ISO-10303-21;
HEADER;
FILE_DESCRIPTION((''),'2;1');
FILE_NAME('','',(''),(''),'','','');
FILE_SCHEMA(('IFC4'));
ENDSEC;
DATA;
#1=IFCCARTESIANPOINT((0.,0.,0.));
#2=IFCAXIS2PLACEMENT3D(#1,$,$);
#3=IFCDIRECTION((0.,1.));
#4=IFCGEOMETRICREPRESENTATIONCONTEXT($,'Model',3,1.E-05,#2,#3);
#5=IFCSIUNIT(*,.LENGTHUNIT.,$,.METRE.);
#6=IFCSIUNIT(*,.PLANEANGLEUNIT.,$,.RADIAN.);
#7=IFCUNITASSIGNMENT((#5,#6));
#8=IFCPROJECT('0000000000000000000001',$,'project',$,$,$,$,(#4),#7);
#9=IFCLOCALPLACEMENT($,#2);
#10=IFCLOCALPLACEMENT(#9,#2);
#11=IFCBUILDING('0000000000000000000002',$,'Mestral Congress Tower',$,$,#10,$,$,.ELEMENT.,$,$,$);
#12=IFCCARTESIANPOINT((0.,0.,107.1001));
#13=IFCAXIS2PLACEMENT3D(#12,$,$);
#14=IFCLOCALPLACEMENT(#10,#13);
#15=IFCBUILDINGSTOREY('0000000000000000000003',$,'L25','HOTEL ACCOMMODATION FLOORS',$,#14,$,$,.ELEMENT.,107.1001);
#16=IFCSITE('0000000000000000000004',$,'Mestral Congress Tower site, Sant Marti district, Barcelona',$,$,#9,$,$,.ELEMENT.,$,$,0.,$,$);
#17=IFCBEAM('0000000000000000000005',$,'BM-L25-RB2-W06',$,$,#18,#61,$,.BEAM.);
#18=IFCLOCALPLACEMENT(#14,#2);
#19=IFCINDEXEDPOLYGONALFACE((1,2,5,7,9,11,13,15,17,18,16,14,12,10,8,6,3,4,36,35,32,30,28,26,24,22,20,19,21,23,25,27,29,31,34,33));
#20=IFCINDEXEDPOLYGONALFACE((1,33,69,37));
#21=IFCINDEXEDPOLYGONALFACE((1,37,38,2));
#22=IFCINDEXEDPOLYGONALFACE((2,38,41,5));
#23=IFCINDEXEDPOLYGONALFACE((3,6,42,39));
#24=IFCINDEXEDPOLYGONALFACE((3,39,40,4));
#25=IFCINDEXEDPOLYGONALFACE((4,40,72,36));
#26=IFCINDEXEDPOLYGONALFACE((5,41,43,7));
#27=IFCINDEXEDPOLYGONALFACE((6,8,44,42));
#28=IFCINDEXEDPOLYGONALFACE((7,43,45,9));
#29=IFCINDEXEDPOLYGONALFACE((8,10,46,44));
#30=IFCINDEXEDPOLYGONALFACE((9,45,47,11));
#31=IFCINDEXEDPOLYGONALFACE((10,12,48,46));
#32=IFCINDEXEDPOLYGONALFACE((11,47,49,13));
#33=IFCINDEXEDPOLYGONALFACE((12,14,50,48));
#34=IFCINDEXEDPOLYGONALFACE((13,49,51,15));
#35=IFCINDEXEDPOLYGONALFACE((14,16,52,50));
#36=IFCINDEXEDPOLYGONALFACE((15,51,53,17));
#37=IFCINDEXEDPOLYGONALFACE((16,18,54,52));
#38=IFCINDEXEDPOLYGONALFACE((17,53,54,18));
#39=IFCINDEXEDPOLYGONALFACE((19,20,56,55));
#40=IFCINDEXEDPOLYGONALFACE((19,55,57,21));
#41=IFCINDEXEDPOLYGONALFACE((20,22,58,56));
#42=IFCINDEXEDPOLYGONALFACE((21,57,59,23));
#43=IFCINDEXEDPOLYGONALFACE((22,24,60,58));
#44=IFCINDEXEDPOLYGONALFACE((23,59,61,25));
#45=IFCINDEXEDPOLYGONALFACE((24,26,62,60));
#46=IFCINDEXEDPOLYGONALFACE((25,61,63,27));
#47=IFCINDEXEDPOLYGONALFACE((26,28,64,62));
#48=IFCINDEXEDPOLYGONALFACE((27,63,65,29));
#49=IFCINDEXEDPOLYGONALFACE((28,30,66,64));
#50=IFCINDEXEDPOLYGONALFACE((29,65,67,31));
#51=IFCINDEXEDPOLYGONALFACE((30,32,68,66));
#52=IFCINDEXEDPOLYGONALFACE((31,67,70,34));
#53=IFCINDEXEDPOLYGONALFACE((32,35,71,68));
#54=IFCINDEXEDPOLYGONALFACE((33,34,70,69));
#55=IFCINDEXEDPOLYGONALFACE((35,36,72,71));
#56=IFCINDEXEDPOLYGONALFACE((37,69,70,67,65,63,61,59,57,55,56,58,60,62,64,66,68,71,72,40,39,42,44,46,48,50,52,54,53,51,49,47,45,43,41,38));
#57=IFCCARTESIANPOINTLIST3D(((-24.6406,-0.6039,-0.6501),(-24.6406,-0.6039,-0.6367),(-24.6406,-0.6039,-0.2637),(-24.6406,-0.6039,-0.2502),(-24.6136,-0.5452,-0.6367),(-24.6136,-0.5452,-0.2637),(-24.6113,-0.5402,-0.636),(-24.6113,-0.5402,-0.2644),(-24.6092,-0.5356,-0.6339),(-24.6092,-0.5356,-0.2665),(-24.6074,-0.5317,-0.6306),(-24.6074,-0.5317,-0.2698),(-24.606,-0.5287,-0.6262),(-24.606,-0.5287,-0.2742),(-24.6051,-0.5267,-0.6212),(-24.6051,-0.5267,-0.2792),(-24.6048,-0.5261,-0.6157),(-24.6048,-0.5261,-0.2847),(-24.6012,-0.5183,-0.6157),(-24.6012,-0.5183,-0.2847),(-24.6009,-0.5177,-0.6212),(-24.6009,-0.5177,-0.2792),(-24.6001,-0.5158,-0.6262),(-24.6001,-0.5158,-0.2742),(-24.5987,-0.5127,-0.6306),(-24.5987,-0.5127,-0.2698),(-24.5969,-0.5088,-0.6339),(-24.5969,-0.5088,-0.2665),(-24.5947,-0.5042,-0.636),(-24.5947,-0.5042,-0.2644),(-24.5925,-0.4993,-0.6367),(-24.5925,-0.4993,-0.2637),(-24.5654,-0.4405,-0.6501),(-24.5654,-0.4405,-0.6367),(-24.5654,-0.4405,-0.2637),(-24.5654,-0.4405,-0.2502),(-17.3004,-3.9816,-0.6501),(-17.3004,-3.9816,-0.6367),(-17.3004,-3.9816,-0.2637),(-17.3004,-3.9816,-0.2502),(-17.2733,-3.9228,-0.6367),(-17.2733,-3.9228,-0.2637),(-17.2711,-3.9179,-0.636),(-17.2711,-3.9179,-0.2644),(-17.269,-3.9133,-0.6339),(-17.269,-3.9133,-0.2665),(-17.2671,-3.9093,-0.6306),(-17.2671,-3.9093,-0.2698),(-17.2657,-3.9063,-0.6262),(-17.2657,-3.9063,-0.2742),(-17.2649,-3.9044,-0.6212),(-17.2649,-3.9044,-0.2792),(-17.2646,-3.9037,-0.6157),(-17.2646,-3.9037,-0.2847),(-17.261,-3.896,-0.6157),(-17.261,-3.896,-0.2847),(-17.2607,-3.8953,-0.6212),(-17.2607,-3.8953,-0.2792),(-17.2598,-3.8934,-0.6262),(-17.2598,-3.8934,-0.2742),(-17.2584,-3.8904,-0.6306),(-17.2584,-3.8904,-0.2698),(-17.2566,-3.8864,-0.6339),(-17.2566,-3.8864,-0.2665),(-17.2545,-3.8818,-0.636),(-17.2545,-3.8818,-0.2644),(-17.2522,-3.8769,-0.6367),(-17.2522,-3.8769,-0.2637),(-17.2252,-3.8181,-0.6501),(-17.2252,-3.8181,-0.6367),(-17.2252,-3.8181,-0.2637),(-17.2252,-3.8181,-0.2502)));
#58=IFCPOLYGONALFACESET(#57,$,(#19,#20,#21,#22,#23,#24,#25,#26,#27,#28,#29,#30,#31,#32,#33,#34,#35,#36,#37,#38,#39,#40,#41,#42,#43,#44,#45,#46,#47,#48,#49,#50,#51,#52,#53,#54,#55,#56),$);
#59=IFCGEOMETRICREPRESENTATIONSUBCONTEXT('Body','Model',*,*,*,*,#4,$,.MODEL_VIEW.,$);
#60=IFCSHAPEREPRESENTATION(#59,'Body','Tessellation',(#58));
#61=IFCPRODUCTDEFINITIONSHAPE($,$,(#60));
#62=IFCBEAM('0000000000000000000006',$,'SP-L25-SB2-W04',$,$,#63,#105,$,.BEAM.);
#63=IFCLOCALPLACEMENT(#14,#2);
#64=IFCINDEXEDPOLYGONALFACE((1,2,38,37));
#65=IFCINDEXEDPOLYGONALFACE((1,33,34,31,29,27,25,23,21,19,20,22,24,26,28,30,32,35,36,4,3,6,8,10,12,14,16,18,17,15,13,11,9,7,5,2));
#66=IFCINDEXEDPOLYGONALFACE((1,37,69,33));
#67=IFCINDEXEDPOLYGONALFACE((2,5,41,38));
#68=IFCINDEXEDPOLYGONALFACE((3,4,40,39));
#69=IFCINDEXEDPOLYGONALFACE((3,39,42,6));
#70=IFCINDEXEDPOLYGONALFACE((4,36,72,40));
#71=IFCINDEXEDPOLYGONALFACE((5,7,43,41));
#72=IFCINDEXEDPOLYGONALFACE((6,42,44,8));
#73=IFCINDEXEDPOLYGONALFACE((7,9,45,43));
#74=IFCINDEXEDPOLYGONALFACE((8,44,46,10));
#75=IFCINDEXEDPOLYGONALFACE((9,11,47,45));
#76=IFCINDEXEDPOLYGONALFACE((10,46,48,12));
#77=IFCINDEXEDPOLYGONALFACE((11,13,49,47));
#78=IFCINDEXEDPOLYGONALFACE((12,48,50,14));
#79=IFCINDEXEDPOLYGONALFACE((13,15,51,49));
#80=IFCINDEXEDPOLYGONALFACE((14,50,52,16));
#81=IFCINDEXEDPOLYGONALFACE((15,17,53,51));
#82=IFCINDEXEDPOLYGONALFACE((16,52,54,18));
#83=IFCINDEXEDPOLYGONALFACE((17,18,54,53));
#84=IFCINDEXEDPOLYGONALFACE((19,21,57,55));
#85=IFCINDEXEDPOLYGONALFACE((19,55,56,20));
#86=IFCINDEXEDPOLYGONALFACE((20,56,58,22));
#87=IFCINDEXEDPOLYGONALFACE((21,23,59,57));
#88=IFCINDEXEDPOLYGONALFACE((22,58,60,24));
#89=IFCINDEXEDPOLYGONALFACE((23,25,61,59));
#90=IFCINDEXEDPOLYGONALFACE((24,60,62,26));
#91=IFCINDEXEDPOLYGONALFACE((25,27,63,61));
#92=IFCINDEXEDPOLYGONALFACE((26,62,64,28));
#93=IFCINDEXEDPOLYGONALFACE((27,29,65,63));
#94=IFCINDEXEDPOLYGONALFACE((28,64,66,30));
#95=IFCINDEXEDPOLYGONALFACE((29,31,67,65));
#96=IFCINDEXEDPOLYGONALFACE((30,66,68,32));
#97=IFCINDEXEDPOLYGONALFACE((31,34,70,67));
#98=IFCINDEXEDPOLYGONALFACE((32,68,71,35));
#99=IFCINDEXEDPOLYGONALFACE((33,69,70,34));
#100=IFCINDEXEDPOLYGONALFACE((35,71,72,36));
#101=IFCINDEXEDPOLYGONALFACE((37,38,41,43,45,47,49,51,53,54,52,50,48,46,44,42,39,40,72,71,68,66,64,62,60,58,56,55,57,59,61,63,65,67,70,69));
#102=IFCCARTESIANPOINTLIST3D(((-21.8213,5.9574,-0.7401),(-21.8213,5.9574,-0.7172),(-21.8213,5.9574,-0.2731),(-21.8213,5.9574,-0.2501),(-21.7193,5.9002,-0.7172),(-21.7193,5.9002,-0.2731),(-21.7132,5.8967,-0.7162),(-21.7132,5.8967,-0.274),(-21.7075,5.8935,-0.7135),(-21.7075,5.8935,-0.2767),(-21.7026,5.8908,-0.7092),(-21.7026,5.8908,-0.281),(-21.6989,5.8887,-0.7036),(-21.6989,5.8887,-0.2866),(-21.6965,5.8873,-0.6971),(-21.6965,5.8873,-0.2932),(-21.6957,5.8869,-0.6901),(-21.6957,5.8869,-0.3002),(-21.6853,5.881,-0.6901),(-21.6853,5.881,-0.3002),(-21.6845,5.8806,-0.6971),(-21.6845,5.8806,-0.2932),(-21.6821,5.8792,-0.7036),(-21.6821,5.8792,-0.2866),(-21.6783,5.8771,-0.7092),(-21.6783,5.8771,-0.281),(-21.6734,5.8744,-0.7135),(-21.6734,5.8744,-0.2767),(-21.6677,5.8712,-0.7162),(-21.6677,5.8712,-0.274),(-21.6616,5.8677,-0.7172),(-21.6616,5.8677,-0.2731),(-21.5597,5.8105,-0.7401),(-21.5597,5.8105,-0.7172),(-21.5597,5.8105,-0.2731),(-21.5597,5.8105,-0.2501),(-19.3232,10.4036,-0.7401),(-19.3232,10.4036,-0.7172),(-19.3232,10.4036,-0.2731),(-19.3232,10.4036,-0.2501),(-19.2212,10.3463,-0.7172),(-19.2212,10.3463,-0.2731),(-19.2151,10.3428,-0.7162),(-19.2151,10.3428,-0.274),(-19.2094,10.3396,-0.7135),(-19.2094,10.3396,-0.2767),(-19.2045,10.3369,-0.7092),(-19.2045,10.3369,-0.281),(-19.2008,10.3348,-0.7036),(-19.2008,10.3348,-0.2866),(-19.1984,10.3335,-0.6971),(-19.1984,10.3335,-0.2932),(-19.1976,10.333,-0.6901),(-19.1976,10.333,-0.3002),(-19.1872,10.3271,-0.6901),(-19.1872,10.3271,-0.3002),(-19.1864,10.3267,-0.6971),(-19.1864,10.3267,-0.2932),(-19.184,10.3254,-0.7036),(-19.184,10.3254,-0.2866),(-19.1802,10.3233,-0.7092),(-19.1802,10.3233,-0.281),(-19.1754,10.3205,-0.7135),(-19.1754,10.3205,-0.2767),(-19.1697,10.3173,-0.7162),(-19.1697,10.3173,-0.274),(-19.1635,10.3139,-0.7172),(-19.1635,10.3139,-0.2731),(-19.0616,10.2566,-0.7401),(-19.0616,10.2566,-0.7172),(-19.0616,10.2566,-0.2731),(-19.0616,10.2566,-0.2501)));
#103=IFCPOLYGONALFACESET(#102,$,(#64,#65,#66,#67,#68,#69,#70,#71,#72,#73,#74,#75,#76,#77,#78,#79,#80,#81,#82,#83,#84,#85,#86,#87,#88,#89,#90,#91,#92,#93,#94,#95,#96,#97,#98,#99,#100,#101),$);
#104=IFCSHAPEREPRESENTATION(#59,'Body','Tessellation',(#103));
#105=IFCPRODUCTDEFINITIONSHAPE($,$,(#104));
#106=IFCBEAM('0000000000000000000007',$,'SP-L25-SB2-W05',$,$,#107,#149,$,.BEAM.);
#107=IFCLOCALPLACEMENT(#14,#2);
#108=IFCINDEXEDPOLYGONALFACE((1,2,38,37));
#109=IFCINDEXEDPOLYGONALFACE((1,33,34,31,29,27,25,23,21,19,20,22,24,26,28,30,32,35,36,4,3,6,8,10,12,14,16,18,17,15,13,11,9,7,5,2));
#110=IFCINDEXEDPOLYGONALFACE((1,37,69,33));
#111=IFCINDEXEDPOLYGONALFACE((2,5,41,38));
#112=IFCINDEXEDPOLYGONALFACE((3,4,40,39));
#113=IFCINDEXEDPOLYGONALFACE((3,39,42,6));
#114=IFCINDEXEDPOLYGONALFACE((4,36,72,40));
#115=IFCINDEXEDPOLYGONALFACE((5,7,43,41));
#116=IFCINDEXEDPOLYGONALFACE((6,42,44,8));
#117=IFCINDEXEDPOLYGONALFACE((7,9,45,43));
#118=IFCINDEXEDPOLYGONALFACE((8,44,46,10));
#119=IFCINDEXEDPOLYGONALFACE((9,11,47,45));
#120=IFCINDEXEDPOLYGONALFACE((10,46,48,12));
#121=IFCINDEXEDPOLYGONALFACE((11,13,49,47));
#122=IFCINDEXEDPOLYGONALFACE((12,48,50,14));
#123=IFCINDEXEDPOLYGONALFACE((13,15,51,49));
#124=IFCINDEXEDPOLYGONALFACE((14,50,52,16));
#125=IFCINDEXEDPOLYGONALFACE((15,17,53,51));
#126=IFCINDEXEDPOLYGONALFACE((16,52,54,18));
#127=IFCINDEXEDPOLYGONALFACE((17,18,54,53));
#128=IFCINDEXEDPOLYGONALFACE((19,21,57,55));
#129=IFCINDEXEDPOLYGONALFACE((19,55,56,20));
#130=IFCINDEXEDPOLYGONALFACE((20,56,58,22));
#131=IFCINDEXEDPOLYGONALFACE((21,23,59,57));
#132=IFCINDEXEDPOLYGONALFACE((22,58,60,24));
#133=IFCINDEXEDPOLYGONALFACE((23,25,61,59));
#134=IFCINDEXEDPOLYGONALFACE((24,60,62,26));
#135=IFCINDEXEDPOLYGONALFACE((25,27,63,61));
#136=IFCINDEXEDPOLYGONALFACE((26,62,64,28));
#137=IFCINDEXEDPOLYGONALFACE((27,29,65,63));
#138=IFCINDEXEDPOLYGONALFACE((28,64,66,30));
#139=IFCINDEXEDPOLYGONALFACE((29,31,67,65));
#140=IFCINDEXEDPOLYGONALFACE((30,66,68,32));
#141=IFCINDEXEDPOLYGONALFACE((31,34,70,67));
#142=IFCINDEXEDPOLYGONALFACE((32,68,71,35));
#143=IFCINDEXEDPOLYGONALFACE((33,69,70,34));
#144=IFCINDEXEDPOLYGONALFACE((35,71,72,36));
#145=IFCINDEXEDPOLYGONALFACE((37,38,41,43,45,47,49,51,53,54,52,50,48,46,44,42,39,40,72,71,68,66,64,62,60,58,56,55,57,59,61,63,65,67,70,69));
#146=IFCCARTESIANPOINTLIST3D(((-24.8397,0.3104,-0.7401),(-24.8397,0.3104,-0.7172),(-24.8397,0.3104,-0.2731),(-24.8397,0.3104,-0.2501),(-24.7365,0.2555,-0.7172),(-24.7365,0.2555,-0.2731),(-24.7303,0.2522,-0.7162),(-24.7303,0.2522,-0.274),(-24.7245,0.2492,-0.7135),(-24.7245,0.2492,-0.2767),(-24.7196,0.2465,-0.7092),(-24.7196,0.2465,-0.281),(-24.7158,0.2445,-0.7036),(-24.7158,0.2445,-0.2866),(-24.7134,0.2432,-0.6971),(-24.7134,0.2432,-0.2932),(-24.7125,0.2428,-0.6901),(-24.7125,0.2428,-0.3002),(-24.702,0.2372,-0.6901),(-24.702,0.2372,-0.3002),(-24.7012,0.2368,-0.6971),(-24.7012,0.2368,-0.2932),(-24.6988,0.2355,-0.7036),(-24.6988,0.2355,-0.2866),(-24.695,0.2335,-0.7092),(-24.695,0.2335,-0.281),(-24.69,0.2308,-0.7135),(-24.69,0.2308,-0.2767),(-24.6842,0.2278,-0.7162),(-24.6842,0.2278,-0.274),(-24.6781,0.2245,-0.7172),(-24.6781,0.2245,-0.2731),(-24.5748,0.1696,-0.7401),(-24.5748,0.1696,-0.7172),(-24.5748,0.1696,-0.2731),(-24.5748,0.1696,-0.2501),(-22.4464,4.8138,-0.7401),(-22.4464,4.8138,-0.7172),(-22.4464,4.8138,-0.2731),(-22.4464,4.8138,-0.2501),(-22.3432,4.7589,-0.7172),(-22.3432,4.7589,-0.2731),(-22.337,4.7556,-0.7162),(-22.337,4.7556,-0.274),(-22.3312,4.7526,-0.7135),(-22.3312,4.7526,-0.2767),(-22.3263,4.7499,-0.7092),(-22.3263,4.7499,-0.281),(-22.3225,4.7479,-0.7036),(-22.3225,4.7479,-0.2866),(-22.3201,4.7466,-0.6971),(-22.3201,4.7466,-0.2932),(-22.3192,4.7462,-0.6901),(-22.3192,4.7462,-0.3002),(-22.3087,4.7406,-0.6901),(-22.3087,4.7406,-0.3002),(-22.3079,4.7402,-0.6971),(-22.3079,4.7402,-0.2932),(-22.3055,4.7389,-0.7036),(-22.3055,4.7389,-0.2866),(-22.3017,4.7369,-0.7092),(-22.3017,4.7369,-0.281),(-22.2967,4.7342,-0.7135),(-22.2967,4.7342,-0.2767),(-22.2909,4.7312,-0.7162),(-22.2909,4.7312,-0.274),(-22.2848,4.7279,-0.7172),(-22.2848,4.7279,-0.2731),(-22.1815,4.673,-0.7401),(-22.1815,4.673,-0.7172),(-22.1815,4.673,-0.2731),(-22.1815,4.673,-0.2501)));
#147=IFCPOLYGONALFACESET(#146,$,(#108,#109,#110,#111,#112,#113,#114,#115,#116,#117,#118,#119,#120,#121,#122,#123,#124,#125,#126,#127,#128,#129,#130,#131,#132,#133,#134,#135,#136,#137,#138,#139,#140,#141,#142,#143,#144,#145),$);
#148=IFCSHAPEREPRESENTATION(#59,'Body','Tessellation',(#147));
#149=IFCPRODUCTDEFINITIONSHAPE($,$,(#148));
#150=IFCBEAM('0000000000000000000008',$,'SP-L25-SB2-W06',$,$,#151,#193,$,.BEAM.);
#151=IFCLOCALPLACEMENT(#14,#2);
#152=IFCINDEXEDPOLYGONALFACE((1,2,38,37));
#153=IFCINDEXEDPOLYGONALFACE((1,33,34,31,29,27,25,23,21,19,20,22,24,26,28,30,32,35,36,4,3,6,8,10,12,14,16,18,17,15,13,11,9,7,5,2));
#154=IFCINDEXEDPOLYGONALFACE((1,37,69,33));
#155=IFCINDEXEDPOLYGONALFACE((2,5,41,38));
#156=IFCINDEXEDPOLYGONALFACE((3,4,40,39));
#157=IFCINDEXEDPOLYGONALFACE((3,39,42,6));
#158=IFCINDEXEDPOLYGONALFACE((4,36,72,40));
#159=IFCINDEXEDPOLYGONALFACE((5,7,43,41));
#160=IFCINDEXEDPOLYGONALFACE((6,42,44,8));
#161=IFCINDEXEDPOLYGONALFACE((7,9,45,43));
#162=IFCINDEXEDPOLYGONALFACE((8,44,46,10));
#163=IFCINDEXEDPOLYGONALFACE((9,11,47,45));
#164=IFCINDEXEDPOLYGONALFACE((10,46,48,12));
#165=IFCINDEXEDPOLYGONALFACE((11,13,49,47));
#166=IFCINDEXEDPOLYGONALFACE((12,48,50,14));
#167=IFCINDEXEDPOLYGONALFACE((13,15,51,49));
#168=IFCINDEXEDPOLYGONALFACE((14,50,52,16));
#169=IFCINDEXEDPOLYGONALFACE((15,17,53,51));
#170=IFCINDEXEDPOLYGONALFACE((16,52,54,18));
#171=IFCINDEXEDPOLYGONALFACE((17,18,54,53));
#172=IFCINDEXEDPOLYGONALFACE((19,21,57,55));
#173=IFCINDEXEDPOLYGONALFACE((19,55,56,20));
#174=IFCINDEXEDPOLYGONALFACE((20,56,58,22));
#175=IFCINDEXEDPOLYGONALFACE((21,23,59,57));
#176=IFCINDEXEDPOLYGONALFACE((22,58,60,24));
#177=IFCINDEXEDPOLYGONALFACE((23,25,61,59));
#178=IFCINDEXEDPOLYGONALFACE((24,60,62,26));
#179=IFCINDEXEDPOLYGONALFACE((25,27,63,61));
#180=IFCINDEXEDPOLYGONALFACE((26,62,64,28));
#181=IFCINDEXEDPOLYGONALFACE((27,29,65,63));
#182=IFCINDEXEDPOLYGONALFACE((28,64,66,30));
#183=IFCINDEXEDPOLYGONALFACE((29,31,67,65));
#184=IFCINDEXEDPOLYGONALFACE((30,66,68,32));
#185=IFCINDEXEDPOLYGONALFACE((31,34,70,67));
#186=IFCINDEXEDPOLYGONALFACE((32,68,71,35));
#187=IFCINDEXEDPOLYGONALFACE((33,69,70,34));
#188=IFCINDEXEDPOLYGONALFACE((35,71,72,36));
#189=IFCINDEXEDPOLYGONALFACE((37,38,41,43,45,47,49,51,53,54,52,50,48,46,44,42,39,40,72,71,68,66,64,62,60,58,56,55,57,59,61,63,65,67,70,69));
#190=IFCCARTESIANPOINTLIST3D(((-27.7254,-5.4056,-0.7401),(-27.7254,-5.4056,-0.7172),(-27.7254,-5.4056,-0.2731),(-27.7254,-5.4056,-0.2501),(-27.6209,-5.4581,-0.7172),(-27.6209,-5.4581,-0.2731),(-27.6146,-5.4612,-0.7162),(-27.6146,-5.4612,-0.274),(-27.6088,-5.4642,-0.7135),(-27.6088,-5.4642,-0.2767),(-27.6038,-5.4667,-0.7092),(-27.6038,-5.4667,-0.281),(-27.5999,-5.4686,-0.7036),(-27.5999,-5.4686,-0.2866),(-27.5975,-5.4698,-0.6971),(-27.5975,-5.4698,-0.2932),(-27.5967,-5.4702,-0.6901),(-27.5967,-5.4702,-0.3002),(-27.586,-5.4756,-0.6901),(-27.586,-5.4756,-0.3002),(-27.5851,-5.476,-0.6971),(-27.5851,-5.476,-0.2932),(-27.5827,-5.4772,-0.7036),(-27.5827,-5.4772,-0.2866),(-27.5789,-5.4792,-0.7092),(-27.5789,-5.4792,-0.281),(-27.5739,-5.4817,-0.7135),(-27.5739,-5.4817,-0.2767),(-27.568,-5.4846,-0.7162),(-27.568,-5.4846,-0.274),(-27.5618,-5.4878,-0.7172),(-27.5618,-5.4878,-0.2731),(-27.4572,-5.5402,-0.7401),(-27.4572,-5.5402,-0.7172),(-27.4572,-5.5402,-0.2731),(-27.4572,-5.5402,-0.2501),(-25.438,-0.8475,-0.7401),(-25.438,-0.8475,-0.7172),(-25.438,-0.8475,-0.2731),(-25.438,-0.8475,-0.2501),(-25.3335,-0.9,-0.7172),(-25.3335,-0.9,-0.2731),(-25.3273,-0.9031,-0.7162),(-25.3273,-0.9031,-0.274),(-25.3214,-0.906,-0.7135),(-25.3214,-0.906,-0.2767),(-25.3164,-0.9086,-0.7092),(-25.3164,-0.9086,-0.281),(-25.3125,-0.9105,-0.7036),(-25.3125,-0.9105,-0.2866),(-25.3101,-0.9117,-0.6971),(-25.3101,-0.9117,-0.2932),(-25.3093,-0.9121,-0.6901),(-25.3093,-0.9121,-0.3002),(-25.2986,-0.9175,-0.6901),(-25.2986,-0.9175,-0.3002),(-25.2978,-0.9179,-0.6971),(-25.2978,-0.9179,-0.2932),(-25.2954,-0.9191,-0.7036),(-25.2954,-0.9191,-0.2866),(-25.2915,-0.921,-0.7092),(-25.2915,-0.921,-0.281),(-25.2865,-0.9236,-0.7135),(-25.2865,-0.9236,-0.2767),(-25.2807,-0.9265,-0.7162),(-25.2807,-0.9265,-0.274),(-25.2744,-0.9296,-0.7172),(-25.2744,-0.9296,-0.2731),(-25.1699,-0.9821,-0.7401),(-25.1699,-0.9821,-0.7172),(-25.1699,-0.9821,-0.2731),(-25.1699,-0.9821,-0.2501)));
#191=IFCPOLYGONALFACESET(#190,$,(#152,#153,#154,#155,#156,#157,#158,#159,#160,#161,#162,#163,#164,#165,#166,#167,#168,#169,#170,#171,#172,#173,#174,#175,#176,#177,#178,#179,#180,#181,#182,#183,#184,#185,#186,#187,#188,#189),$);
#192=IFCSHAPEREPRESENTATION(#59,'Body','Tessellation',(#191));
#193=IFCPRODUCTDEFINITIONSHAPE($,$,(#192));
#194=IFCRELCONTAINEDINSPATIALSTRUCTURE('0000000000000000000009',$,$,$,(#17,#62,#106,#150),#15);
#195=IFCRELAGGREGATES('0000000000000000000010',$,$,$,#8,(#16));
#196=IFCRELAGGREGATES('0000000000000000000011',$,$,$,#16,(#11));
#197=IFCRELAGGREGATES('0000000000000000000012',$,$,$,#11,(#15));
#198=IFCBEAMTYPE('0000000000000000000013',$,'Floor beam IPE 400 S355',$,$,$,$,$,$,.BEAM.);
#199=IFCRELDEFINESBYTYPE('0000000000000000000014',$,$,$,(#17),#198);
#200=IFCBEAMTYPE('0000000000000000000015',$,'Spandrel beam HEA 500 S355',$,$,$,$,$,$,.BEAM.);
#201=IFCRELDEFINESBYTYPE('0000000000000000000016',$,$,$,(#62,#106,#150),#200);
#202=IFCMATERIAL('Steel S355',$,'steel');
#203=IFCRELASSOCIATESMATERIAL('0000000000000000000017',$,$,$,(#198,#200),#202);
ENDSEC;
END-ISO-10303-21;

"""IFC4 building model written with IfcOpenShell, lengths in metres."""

from ifc_helpers import new_model, si_unit, direction, frame, origin, origin_2d, place, context, subcontext, project, spatial, i_section, extrude, material, material_profile, profile_set, type_object, element, save


model = new_model("IFC4")

# Units and contexts
model_context = context("Model", 3, precision=1e-05, world=origin(), true_north=direction((0.0, 1.0)))
body_context = subcontext(model_context, "Body", "Model", "MODEL_VIEW")
ifc_project = project(units=[si_unit("LENGTHUNIT", "METRE"), si_unit("PLANEANGLEUNIT", "RADIAN")], contexts=[model_context])

# Site, building, storey
site_placement = place(None, origin())
site = spatial("IfcSite", under=ifc_project, at=site_placement, Name="Mestral Congress Tower site, Sant Marti district, Barcelona", CompositionType="ELEMENT", RefElevation=0.0)
building_placement = place(site_placement, origin())
building = spatial("IfcBuilding", under=site, at=building_placement, Name="Mestral Congress Tower", CompositionType="ELEMENT")
storey_placement = place(building_placement, frame((0.0, 0.0, 107.1001)))
storey = spatial("IfcBuildingStorey", under=building, at=storey_placement, Name="L25", Description="HOTEL ACCOMMODATION FLOORS", CompositionType="ELEMENT", Elevation=107.1001)

# Beams
ifc_material_1 = material(Name="Steel S355", Category="steel")
ifc_material_profile_1 = material_profile(ifc_material_1, i_section(OverallWidth=0.1799, OverallDepth=0.3999, WebThickness=0.0085, FlangeThickness=0.0134, FilletRadius=0.021, at=origin_2d()), Name="IPE 400")
ifc_profile_set_1 = profile_set([ifc_material_profile_1], Name="Steel S355")
beam_type_1 = type_object("IfcBeamType", Name="Floor beam IPE 400 S355", PredefinedType="BEAM", material=ifc_profile_set_1)
beam_1_placement = place(storey_placement, frame((-24.603, -0.5222, -0.4502), z_axis=(0.908437, -0.418021, 0.0), x_axis=(0.418021, 0.908437, 0.0)))
element("IfcBeam", 1, at=beam_1_placement, inside=storey, type_object=beam_type_1, Name="BM-L25-RB2-W06", PredefinedType="BEAM", context=body_context, shape_type="SweptSolid", body=[
    extrude(i_section(OverallWidth=0.1799, OverallDepth=0.3999, WebThickness=0.0085, FlangeThickness=0.0134, FilletRadius=0.021, at=origin_2d()), origin(), (0.0, 0.0, 1.0), 8.0801),
])
ifc_material_profile_2 = material_profile(ifc_material_1, i_section(OverallWidth=0.3, OverallDepth=0.49, WebThickness=0.012, FlangeThickness=0.0229, FilletRadius=0.0271, at=origin_2d()), Name="HEA 500")
ifc_profile_set_2 = profile_set([ifc_material_profile_2], Name="Steel S355")
beam_type_2 = type_object("IfcBeamType", Name="Spandrel beam HEA 500 S355", PredefinedType="BEAM", material=ifc_profile_set_2)
for number, where, z_axis, x_axis, name in (
    (2, (-19.1924, 10.3301, -0.4951), (-0.489836, -0.871815, 0.0), (0.871815, -0.489836, 0.0), "SP-L25-SB2-W04"),
    (3, (-22.314, 4.7434, -0.4951), (-0.469288, -0.883045, 0.0), (0.883045, -0.469288, 0.0), "SP-L25-SB2-W05"),
    (4, (-25.304, -0.9148, -0.4951), (-0.448515, -0.893775, 0.0), (0.893775, -0.448515, 0.0), "SP-L25-SB2-W06"),
):
    element("IfcBeam", number, at=place(storey_placement, frame(where, z_axis=z_axis, x_axis=x_axis)), inside=storey, type_object=beam_type_2, Name=name, PredefinedType="BEAM", context=body_context, shape_type="SweptSolid", body=[
        extrude(i_section(OverallWidth=0.3, OverallDepth=0.49, WebThickness=0.012, FlangeThickness=0.0229, FilletRadius=0.0271, at=origin_2d()), origin(), (0.0, 0.0, 1.0), 5.0999),
    ])

save(model, "model.ifc")
